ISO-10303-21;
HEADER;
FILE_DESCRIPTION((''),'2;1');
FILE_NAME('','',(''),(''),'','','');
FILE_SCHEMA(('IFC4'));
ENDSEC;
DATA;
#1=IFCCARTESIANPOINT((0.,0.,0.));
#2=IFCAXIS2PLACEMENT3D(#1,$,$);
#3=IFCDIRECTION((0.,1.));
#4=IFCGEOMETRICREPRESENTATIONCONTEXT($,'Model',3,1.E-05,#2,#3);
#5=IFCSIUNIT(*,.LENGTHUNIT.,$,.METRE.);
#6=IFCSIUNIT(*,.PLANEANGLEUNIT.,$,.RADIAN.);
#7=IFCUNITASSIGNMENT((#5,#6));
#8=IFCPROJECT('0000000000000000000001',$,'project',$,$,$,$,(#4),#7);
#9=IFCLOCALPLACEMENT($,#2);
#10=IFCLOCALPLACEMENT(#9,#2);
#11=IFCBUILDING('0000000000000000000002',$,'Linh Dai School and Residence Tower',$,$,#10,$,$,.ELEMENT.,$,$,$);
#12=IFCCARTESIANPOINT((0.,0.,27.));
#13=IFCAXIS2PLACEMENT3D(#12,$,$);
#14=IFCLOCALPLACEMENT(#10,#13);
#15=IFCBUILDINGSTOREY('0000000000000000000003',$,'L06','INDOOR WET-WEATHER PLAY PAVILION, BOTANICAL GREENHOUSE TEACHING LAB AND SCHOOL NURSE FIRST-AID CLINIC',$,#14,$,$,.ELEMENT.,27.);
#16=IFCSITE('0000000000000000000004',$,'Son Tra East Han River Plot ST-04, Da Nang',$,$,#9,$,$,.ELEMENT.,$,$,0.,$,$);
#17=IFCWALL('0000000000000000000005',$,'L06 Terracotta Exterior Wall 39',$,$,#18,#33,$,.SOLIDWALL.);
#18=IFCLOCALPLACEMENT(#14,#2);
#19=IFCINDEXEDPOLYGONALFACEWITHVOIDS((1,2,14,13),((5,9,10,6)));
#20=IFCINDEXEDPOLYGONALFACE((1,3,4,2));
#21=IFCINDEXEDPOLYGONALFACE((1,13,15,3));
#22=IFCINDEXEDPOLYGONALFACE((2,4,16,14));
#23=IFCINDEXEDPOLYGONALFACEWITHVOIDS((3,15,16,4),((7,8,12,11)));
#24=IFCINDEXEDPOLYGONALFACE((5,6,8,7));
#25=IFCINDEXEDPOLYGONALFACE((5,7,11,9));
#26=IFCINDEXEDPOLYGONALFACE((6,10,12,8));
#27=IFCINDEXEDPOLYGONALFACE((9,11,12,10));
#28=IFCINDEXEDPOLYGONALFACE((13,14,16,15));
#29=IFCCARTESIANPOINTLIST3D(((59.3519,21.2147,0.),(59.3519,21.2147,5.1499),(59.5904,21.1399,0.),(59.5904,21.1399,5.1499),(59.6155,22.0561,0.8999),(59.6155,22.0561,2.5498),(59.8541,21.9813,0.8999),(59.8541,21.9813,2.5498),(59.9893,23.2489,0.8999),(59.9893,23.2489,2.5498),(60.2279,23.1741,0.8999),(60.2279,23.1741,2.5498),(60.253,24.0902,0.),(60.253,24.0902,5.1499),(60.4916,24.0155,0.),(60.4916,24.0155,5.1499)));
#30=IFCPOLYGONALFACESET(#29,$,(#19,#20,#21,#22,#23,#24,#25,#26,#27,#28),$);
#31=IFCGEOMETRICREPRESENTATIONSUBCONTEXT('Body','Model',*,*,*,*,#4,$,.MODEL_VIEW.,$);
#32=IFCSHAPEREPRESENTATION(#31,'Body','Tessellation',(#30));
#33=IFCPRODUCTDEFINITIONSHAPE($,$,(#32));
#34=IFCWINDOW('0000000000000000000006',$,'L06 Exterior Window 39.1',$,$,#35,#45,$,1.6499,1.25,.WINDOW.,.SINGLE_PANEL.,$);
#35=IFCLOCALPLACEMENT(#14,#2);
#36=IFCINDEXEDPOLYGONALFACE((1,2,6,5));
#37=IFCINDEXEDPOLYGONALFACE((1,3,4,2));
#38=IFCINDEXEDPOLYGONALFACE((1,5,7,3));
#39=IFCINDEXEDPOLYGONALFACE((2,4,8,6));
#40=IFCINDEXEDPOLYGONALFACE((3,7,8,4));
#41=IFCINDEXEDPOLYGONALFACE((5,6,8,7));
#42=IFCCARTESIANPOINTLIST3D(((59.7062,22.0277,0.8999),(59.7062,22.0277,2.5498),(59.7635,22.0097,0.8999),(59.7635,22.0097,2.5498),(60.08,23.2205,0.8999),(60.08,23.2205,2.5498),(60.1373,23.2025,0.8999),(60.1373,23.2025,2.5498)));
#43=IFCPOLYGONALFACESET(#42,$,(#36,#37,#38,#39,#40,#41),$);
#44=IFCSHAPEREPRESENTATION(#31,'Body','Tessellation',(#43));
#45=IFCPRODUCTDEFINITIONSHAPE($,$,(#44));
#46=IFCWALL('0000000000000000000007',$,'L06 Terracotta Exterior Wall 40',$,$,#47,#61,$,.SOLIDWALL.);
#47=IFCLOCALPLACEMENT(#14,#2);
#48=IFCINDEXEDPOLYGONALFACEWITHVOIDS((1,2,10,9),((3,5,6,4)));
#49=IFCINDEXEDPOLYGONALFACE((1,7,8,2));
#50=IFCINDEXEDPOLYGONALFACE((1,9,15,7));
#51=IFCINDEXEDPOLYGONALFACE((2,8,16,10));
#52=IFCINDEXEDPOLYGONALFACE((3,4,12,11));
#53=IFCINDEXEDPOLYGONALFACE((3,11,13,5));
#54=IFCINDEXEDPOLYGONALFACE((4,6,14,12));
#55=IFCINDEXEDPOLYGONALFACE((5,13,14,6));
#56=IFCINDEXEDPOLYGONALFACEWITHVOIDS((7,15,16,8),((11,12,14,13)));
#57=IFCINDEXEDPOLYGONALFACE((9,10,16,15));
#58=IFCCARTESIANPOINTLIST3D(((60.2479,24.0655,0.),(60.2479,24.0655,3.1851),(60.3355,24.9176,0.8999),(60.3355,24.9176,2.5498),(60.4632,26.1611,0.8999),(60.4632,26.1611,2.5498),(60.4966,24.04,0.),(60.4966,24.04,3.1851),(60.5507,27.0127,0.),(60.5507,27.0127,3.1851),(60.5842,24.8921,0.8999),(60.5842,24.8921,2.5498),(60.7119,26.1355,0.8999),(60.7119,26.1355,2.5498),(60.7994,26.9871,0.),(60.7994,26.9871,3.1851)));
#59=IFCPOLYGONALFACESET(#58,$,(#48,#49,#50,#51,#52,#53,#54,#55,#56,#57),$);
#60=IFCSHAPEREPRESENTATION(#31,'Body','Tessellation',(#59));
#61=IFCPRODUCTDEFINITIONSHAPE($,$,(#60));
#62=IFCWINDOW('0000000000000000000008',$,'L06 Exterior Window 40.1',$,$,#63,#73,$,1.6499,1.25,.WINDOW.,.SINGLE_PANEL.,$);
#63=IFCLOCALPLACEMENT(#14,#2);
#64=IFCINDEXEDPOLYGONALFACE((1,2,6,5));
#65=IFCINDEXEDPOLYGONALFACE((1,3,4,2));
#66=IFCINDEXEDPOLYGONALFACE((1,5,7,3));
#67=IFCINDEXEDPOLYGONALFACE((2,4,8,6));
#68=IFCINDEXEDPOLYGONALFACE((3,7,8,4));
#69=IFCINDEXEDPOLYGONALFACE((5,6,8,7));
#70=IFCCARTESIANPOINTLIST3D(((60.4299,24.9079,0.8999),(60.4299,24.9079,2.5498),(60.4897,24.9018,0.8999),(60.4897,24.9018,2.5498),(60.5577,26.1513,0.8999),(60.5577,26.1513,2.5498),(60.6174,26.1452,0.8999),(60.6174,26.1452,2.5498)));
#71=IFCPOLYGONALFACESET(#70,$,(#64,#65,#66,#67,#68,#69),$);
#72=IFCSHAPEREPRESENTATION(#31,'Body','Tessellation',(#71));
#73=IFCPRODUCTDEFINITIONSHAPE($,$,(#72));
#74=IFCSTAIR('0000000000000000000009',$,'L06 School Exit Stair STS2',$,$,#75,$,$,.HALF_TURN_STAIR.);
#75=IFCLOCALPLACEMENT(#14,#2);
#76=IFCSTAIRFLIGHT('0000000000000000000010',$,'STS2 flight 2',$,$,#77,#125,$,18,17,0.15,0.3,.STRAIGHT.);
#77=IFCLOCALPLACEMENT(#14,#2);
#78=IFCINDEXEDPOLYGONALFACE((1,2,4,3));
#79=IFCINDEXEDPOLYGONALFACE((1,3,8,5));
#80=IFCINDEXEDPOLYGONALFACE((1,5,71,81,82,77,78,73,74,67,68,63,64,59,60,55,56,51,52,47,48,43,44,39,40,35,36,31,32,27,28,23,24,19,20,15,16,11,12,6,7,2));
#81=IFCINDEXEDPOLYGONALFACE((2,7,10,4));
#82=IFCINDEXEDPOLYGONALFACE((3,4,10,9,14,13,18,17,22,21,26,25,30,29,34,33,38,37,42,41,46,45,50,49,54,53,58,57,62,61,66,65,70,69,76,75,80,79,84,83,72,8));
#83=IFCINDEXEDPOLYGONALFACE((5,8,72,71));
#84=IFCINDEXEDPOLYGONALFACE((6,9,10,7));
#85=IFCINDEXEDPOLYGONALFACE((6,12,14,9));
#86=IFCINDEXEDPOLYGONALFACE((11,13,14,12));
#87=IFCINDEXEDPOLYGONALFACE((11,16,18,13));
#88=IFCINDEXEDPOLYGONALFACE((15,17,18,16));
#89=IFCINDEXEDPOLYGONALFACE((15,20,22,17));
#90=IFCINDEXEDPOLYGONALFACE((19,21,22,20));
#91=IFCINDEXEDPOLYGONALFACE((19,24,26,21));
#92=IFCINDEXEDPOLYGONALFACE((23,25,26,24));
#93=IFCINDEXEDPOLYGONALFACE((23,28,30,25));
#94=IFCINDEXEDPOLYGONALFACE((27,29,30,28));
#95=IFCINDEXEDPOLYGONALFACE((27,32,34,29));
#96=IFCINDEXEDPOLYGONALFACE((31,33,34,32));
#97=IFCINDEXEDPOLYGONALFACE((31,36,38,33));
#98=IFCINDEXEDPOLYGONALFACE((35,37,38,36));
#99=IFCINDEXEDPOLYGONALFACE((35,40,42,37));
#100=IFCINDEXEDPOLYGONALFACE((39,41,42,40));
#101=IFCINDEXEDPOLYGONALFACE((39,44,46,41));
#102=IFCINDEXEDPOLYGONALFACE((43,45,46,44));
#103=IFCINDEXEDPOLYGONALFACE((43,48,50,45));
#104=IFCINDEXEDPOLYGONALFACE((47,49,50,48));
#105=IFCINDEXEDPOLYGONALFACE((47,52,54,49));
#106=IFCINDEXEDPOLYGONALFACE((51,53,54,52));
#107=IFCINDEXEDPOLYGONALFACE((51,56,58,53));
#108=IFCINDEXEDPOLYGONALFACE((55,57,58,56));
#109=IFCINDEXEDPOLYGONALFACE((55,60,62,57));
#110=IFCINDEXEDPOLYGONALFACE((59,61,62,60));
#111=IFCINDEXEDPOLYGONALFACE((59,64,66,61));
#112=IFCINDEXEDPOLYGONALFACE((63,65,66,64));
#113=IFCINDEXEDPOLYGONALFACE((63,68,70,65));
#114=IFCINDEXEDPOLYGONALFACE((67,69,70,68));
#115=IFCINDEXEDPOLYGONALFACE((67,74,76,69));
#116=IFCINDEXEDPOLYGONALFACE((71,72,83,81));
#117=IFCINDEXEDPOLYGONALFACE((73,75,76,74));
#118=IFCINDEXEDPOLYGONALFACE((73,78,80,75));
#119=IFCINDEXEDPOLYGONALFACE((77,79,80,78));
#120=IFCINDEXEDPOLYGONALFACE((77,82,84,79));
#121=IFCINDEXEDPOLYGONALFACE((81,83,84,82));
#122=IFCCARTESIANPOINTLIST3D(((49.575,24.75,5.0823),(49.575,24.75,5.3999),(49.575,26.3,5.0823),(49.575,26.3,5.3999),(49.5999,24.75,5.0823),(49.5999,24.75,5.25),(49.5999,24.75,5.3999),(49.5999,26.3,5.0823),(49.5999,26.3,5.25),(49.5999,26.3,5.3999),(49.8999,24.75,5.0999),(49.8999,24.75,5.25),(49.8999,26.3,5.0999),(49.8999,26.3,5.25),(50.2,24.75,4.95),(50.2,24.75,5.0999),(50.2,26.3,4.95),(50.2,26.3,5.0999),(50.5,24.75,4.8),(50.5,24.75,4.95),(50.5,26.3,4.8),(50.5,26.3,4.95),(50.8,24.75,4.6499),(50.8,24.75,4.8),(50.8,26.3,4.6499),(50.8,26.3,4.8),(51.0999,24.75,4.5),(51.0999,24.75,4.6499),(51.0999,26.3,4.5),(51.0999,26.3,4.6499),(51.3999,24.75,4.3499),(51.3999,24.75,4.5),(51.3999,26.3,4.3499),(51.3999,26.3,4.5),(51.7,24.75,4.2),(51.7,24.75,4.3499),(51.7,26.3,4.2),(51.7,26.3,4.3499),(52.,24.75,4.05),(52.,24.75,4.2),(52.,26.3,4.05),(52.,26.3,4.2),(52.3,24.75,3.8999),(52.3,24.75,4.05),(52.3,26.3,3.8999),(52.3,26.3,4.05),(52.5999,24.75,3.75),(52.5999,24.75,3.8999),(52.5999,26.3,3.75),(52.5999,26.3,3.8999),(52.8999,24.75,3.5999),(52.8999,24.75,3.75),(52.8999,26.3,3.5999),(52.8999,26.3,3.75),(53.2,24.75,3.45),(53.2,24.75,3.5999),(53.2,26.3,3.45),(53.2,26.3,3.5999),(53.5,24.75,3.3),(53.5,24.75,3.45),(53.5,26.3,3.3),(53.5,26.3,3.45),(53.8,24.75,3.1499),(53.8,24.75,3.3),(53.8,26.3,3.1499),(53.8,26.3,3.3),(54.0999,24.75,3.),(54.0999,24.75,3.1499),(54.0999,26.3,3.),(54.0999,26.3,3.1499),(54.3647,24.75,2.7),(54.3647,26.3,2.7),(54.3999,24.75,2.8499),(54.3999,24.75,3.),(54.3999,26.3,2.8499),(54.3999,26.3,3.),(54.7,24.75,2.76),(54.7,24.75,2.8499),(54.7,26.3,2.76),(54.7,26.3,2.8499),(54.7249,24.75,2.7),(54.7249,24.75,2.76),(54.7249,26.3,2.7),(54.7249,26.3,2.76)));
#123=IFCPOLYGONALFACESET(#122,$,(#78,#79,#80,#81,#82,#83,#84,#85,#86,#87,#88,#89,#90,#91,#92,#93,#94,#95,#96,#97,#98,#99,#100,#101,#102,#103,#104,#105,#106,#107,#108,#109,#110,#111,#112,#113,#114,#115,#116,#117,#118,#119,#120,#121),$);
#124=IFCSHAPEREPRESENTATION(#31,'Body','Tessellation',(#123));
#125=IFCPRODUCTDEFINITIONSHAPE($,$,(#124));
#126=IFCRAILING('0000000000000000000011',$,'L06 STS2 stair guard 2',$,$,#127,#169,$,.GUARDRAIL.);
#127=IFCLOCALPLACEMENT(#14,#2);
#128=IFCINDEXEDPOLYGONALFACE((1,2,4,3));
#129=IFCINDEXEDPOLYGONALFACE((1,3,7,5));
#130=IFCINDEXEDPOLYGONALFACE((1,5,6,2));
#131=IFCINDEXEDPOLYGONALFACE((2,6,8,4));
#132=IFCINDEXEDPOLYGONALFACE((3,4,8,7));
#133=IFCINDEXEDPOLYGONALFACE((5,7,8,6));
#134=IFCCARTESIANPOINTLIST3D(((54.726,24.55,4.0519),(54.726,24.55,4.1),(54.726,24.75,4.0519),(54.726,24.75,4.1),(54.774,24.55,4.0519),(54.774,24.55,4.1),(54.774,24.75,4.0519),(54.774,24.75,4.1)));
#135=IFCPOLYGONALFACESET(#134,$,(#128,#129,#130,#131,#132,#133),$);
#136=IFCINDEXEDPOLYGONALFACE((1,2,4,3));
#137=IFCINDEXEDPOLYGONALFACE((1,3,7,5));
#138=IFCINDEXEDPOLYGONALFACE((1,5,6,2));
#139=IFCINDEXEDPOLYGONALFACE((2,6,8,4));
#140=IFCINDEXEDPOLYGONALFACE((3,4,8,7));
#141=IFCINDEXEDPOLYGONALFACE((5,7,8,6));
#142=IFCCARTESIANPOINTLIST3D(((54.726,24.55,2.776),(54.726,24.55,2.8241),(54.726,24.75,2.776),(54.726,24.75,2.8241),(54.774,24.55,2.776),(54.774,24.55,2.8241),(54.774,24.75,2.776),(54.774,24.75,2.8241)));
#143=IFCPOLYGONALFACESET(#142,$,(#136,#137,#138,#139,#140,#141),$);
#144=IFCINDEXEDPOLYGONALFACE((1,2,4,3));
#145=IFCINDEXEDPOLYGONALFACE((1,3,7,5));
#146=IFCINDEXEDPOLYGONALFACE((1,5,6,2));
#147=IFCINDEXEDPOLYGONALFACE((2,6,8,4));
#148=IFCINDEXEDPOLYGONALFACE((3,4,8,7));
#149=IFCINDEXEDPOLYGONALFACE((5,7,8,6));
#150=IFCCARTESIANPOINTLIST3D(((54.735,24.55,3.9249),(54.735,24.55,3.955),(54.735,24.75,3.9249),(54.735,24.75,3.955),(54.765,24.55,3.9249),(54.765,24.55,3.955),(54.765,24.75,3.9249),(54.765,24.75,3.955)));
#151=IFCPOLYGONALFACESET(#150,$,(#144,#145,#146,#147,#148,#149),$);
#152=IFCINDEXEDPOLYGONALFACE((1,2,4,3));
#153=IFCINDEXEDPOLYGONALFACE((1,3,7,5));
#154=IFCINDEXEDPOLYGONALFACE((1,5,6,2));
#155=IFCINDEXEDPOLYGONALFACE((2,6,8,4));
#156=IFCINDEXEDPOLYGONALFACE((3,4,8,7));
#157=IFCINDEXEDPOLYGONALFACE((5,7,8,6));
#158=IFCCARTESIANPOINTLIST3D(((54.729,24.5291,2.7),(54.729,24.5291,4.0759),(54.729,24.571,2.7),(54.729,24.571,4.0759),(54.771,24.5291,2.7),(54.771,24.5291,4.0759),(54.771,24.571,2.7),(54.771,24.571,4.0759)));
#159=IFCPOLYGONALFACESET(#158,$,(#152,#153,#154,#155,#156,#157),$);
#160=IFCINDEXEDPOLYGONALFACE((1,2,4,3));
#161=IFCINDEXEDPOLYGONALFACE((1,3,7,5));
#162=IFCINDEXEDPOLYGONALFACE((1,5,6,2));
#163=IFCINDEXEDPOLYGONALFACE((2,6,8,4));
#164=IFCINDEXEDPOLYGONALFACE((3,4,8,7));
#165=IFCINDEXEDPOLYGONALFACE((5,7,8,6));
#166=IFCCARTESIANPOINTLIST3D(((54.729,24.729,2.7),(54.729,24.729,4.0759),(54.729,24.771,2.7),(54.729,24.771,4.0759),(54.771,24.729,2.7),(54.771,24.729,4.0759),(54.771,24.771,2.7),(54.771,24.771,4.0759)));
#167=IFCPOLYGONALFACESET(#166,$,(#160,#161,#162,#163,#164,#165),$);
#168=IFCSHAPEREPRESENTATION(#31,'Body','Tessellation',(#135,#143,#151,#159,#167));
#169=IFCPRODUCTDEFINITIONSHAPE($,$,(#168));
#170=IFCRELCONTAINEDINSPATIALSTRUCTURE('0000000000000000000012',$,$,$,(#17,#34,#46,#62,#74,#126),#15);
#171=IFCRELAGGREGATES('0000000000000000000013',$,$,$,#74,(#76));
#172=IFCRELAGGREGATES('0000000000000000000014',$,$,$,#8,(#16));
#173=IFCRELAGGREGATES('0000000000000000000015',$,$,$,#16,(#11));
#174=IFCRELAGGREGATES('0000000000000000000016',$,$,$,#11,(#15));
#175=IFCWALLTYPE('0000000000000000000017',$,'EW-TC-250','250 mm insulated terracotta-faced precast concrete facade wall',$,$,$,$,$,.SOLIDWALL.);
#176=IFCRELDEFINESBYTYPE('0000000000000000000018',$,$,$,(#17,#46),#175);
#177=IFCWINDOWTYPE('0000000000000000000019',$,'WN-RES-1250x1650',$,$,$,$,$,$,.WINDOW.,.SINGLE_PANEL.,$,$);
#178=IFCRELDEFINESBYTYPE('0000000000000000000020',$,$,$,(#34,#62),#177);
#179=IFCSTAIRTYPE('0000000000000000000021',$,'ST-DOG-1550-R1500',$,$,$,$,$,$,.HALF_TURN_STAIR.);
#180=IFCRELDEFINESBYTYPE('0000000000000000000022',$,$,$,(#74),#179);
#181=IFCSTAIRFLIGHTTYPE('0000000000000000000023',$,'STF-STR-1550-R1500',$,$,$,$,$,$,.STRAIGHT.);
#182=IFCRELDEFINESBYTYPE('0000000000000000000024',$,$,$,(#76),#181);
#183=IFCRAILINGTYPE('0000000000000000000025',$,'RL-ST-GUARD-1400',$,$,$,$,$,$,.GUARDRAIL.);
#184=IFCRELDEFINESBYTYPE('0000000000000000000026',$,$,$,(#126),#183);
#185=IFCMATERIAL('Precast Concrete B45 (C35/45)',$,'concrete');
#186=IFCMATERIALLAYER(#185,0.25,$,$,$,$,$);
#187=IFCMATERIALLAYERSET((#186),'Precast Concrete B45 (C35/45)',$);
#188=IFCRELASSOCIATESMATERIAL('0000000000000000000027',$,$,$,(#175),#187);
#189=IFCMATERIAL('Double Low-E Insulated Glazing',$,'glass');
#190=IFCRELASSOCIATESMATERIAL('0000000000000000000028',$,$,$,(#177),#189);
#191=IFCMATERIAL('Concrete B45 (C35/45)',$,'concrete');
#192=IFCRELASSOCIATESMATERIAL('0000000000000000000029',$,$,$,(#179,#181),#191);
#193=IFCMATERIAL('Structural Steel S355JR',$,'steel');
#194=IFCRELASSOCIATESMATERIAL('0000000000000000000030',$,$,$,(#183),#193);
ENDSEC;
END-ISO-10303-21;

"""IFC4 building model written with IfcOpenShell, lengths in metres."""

from ifc_helpers import new_model, si_unit, direction, frame, frame_2d, origin, origin_2d, place, context, subcontext, project, spatial, polyline, rectangle, outline, extrude, source, transform, mapped, material, layer, layer_set, type_object, element, fill, aggregate, save


model = new_model("IFC4")

# Units and contexts
model_context = context("Model", 3, precision=1e-05, world=origin(), true_north=direction((0.0, 1.0)))
body_context = subcontext(model_context, "Body", "Model", "MODEL_VIEW")
ifc_project = project(units=[si_unit("LENGTHUNIT", "METRE"), si_unit("PLANEANGLEUNIT", "RADIAN")], contexts=[model_context])

# Site, building, storey
site_placement = place(None, origin())
site = spatial("IfcSite", under=ifc_project, at=site_placement, Name="Son Tra East Han River Plot ST-04, Da Nang", CompositionType="ELEMENT", RefElevation=0.0)
building_placement = place(site_placement, origin())
building = spatial("IfcBuilding", under=site, at=building_placement, Name="Linh Dai School and Residence Tower", CompositionType="ELEMENT")
storey_placement = place(building_placement, frame((0.0, 0.0, 27.0)))
storey = spatial("IfcBuildingStorey", under=building, at=storey_placement, Name="L06", Description="INDOOR WET-WEATHER PLAY PAVILION, BOTANICAL GREENHOUSE TEACHING LAB AND SCHOOL NURSE FIRST-AID CLINIC", CompositionType="ELEMENT", Elevation=27.0)

# Shared definitions
ifc_material_1 = material(Name="Structural Steel S355JR", Category="steel")

# Shared definitions
ifc_material_2 = material(Name="Precast Concrete B45 (C35/45)", Category="concrete")
ifc_layer_1 = layer(ifc_material_2, 0.25)
ifc_layer_set_1 = layer_set([ifc_layer_1], Name="Precast Concrete B45 (C35/45)")
wall_type = type_object("IfcWallType", Name="EW-TC-250", Description="250 mm insulated terracotta-faced precast concrete facade wall", PredefinedType="SOLIDWALL", material=ifc_layer_set_1)

# Walls, openings, windows
ifc_material_3 = material(Name="Double Low-E Insulated Glazing", Category="glass")
window_type = type_object("IfcWindowType", Name="WN-RES-1250x1650", PartitioningType="SINGLE_PANEL", PredefinedType="WINDOW", material=ifc_material_3)
shared_shape_1 = source(origin(), body_context, "Body", "SweptSolid", [
    extrude(rectangle(XDim=1.25, YDim=1.6499, at=origin_2d()), frame((0.625, 0.03, 0.825), z_axis=(0.0, -1.0, 0.0), x_axis=(1.0, 0.0, 0.0)), (0.0, 0.0, 1.0), 0.0601),
])
wall_1_placement = place(storey_placement, frame((60.3723, 24.053, 0.0), z_axis=(0.0, 0.0, 1.0), x_axis=(-0.299041, -0.95424, 0.0)))
wall_1 = element("IfcWall", 1, at=wall_1_placement, inside=storey, type_object=wall_type, Name="L06 Terracotta Exterior Wall 39", PredefinedType="SOLIDWALL", context=body_context, shape_type="SweptSolid", body=[
    extrude(rectangle(XDim=3.0134, YDim=0.25, at=frame_2d((1.5068, 0.0))), origin(), (0.0, 0.0, 1.0), 5.1499),
])
opening_1_placement = place(wall_1_placement, frame((0.8818, 0.0, 0.8999)))
opening_1 = element("IfcOpeningElement", 2, at=opening_1_placement, cuts=wall_1, PredefinedType="OPENING", context=body_context, shape_type="SweptSolid", body=[
    extrude(rectangle(XDim=1.25, YDim=1.6499, at=origin_2d()), frame((0.625, 0.135, 0.825), z_axis=(0.0, -1.0, 0.0), x_axis=(1.0, 0.0, 0.0)), (0.0, 0.0, 1.0), 0.27),
])
window_1_placement = place(opening_1_placement, origin())
window_1 = element("IfcWindow", 3, at=window_1_placement, inside=storey, type_object=window_type, Name="L06 Exterior Window 39.1", OverallHeight=1.6499, OverallWidth=1.25, PartitioningType="SINGLE_PANEL", PredefinedType="WINDOW", context=body_context, shape_type="MappedRepresentation", body=[
    mapped(shared_shape_1, transform((0.0, 0.0, 0.0), x_axis=(1.0, 0.0, 0.0), y_axis=(0.0, 1.0, 0.0), z_axis=(0.0, 0.0, 1.0), scale=1.0)),
])
fill(opening_1, window_1)
wall_2_placement = place(storey_placement, frame((60.675, 27.0, 0.0), z_axis=(0.0, 0.0, 1.0), x_axis=(-0.102188, -0.994765, 0.0)))
wall_2 = element("IfcWall", 4, at=wall_2_placement, inside=storey, type_object=wall_type, Name="L06 Terracotta Exterior Wall 40", PredefinedType="SOLIDWALL", context=body_context, shape_type="SweptSolid", body=[
    extrude(rectangle(XDim=2.9626, YDim=0.25, at=frame_2d((1.4814, 0.0))), origin(), (0.0, 0.0, 1.0), 3.1851),
])
opening_2_placement = place(wall_2_placement, frame((0.8562, 0.0, 0.8999)))
opening_2 = element("IfcOpeningElement", 5, at=opening_2_placement, cuts=wall_2, PredefinedType="OPENING", context=body_context, shape_type="SweptSolid", body=[
    extrude(rectangle(XDim=1.25, YDim=1.6499, at=origin_2d()), frame((0.625, 0.135, 0.825), z_axis=(0.0, -1.0, 0.0), x_axis=(1.0, 0.0, 0.0)), (0.0, 0.0, 1.0), 0.27),
])
window_2_placement = place(opening_2_placement, origin())
window_2 = element("IfcWindow", 6, at=window_2_placement, inside=storey, type_object=window_type, Name="L06 Exterior Window 40.1", OverallHeight=1.6499, OverallWidth=1.25, PartitioningType="SINGLE_PANEL", PredefinedType="WINDOW", context=body_context, shape_type="MappedRepresentation", body=[
    mapped(shared_shape_1, transform((0.0, 0.0, 0.0), x_axis=(1.0, 0.0, 0.0), y_axis=(0.0, 1.0, 0.0), z_axis=(0.0, 0.0, 1.0), scale=1.0)),
])
fill(opening_2, window_2)

# Stair, stair flight
ifc_material_4 = material(Name="Concrete B45 (C35/45)", Category="concrete")
stair_type = type_object("IfcStairType", Name="ST-DOG-1550-R1500", PredefinedType="HALF_TURN_STAIR", material=ifc_material_4)
stair_placement = place(storey_placement, origin())
stair = element("IfcStair", 7, at=stair_placement, inside=storey, type_object=stair_type, Name="L06 School Exit Stair STS2", PredefinedType="HALF_TURN_STAIR")
stair_flight_type = type_object("IfcStairFlightType", Name="STF-STR-1550-R1500", PredefinedType="STRAIGHT", material=ifc_material_4)
shared_shape_2 = source(origin(), body_context, "Body", "SweptSolid", [
    extrude(outline(polyline([(-0.0249, 0.0), (-0.0249, 0.0601), (0.0, 0.0601), (0.0, 0.1499), (0.3, 0.1499), (0.3, 0.3), (0.6001, 0.3), (0.6001, 0.45), (0.8999, 0.45), (0.8999, 0.6001), (1.2, 0.6001), (1.2, 0.75), (1.5, 0.75), (1.5, 0.8999), (1.8, 0.8999), (1.8, 1.05), (2.1001, 1.05), (2.1001, 1.2), (2.3999, 1.2), (2.3999, 1.3501), (2.7, 1.3501), (2.7, 1.5), (3.0, 1.5), (3.0, 1.6499), (3.3, 1.6499), (3.3, 1.8), (3.6001, 1.8), (3.6001, 1.95), (3.8999, 1.95), (3.8999, 2.1001), (4.2, 2.1001), (4.2, 2.25), (4.5, 2.25), (4.5, 2.3999), (4.8, 2.3999), (4.8, 2.55), (5.1001, 2.55), (5.1001, 2.7), (5.125, 2.7), (5.125, 2.3823), (5.1001, 2.3823), (0.3352, 0.0), (-0.0249, 0.0)])), frame((0.0, 0.7749, 0.0), z_axis=(0.0, -1.0, 0.0), x_axis=(1.0, 0.0, 0.0)), (0.0, 0.0, 1.0), 1.55),
])
stair_flight_placement = place(storey_placement, frame((54.7, 25.5249, 2.7), z_axis=(0.0, 0.0, 1.0), x_axis=(-1.0, 0.0, 0.0)))
stair_flight = element("IfcStairFlight", 8, at=stair_flight_placement, type_object=stair_flight_type, Name="STS2 flight 2", NumberOfRisers=18, NumberOfTreads=17, PredefinedType="STRAIGHT", RiserHeight=0.15, TreadLength=0.3, context=body_context, shape_type="MappedRepresentation", body=[
    mapped(shared_shape_2, transform((0.0, 0.0, 0.0), x_axis=(1.0, 0.0, 0.0), y_axis=(0.0, 1.0, 0.0), z_axis=(0.0, 0.0, 1.0), scale=1.0)),
])
aggregate(stair, [stair_flight])

# Railing
railing_type_1 = type_object("IfcRailingType", Name="RL-ST-GUARD-1400", PredefinedType="GUARDRAIL", material=ifc_material_1)
shared_shape_3 = source(origin(), body_context, "Body", "SweptSolid", [
    extrude(rectangle(XDim=0.0481, YDim=0.0481, at=origin_2d()), frame((0.0, 0.0, 1.376), z_axis=(0.0, 1.0, 0.0), x_axis=(-1.0, 0.0, 0.0)), (0.0, 0.0, 1.0), 0.2),
    extrude(rectangle(XDim=0.0481, YDim=0.0481, at=origin_2d()), frame((0.0, 0.0, 0.1001), z_axis=(0.0, 1.0, 0.0), x_axis=(-1.0, 0.0, 0.0)), (0.0, 0.0, 1.0), 0.2),
    extrude(rectangle(XDim=0.03, YDim=0.03, at=origin_2d()), frame((0.0, 0.0, 1.24), z_axis=(0.0, 1.0, 0.0), x_axis=(-1.0, 0.0, 0.0)), (0.0, 0.0, 1.0), 0.2),
    extrude(rectangle(XDim=0.042, YDim=0.042, at=origin_2d()), origin(), (0.0, 0.0, 1.0), 1.376),
    extrude(rectangle(XDim=0.042, YDim=0.042, at=origin_2d()), frame((0.0, 0.2, 0.0)), (0.0, 0.0, 1.0), 1.376),
])
railing_1_placement = place(storey_placement, frame((54.75, 24.55, 2.7)))
element("IfcRailing", 9, at=railing_1_placement, inside=storey, type_object=railing_type_1, Name="L06 STS2 stair guard 2", PredefinedType="GUARDRAIL", context=body_context, shape_type="MappedRepresentation", body=[
    mapped(shared_shape_3, transform((0.0, 0.0, 0.0), x_axis=(1.0, 0.0, 0.0), y_axis=(0.0, 1.0, 0.0), z_axis=(0.0, 0.0, 1.0), scale=1.0)),
])

save(model, "model.ifc")
